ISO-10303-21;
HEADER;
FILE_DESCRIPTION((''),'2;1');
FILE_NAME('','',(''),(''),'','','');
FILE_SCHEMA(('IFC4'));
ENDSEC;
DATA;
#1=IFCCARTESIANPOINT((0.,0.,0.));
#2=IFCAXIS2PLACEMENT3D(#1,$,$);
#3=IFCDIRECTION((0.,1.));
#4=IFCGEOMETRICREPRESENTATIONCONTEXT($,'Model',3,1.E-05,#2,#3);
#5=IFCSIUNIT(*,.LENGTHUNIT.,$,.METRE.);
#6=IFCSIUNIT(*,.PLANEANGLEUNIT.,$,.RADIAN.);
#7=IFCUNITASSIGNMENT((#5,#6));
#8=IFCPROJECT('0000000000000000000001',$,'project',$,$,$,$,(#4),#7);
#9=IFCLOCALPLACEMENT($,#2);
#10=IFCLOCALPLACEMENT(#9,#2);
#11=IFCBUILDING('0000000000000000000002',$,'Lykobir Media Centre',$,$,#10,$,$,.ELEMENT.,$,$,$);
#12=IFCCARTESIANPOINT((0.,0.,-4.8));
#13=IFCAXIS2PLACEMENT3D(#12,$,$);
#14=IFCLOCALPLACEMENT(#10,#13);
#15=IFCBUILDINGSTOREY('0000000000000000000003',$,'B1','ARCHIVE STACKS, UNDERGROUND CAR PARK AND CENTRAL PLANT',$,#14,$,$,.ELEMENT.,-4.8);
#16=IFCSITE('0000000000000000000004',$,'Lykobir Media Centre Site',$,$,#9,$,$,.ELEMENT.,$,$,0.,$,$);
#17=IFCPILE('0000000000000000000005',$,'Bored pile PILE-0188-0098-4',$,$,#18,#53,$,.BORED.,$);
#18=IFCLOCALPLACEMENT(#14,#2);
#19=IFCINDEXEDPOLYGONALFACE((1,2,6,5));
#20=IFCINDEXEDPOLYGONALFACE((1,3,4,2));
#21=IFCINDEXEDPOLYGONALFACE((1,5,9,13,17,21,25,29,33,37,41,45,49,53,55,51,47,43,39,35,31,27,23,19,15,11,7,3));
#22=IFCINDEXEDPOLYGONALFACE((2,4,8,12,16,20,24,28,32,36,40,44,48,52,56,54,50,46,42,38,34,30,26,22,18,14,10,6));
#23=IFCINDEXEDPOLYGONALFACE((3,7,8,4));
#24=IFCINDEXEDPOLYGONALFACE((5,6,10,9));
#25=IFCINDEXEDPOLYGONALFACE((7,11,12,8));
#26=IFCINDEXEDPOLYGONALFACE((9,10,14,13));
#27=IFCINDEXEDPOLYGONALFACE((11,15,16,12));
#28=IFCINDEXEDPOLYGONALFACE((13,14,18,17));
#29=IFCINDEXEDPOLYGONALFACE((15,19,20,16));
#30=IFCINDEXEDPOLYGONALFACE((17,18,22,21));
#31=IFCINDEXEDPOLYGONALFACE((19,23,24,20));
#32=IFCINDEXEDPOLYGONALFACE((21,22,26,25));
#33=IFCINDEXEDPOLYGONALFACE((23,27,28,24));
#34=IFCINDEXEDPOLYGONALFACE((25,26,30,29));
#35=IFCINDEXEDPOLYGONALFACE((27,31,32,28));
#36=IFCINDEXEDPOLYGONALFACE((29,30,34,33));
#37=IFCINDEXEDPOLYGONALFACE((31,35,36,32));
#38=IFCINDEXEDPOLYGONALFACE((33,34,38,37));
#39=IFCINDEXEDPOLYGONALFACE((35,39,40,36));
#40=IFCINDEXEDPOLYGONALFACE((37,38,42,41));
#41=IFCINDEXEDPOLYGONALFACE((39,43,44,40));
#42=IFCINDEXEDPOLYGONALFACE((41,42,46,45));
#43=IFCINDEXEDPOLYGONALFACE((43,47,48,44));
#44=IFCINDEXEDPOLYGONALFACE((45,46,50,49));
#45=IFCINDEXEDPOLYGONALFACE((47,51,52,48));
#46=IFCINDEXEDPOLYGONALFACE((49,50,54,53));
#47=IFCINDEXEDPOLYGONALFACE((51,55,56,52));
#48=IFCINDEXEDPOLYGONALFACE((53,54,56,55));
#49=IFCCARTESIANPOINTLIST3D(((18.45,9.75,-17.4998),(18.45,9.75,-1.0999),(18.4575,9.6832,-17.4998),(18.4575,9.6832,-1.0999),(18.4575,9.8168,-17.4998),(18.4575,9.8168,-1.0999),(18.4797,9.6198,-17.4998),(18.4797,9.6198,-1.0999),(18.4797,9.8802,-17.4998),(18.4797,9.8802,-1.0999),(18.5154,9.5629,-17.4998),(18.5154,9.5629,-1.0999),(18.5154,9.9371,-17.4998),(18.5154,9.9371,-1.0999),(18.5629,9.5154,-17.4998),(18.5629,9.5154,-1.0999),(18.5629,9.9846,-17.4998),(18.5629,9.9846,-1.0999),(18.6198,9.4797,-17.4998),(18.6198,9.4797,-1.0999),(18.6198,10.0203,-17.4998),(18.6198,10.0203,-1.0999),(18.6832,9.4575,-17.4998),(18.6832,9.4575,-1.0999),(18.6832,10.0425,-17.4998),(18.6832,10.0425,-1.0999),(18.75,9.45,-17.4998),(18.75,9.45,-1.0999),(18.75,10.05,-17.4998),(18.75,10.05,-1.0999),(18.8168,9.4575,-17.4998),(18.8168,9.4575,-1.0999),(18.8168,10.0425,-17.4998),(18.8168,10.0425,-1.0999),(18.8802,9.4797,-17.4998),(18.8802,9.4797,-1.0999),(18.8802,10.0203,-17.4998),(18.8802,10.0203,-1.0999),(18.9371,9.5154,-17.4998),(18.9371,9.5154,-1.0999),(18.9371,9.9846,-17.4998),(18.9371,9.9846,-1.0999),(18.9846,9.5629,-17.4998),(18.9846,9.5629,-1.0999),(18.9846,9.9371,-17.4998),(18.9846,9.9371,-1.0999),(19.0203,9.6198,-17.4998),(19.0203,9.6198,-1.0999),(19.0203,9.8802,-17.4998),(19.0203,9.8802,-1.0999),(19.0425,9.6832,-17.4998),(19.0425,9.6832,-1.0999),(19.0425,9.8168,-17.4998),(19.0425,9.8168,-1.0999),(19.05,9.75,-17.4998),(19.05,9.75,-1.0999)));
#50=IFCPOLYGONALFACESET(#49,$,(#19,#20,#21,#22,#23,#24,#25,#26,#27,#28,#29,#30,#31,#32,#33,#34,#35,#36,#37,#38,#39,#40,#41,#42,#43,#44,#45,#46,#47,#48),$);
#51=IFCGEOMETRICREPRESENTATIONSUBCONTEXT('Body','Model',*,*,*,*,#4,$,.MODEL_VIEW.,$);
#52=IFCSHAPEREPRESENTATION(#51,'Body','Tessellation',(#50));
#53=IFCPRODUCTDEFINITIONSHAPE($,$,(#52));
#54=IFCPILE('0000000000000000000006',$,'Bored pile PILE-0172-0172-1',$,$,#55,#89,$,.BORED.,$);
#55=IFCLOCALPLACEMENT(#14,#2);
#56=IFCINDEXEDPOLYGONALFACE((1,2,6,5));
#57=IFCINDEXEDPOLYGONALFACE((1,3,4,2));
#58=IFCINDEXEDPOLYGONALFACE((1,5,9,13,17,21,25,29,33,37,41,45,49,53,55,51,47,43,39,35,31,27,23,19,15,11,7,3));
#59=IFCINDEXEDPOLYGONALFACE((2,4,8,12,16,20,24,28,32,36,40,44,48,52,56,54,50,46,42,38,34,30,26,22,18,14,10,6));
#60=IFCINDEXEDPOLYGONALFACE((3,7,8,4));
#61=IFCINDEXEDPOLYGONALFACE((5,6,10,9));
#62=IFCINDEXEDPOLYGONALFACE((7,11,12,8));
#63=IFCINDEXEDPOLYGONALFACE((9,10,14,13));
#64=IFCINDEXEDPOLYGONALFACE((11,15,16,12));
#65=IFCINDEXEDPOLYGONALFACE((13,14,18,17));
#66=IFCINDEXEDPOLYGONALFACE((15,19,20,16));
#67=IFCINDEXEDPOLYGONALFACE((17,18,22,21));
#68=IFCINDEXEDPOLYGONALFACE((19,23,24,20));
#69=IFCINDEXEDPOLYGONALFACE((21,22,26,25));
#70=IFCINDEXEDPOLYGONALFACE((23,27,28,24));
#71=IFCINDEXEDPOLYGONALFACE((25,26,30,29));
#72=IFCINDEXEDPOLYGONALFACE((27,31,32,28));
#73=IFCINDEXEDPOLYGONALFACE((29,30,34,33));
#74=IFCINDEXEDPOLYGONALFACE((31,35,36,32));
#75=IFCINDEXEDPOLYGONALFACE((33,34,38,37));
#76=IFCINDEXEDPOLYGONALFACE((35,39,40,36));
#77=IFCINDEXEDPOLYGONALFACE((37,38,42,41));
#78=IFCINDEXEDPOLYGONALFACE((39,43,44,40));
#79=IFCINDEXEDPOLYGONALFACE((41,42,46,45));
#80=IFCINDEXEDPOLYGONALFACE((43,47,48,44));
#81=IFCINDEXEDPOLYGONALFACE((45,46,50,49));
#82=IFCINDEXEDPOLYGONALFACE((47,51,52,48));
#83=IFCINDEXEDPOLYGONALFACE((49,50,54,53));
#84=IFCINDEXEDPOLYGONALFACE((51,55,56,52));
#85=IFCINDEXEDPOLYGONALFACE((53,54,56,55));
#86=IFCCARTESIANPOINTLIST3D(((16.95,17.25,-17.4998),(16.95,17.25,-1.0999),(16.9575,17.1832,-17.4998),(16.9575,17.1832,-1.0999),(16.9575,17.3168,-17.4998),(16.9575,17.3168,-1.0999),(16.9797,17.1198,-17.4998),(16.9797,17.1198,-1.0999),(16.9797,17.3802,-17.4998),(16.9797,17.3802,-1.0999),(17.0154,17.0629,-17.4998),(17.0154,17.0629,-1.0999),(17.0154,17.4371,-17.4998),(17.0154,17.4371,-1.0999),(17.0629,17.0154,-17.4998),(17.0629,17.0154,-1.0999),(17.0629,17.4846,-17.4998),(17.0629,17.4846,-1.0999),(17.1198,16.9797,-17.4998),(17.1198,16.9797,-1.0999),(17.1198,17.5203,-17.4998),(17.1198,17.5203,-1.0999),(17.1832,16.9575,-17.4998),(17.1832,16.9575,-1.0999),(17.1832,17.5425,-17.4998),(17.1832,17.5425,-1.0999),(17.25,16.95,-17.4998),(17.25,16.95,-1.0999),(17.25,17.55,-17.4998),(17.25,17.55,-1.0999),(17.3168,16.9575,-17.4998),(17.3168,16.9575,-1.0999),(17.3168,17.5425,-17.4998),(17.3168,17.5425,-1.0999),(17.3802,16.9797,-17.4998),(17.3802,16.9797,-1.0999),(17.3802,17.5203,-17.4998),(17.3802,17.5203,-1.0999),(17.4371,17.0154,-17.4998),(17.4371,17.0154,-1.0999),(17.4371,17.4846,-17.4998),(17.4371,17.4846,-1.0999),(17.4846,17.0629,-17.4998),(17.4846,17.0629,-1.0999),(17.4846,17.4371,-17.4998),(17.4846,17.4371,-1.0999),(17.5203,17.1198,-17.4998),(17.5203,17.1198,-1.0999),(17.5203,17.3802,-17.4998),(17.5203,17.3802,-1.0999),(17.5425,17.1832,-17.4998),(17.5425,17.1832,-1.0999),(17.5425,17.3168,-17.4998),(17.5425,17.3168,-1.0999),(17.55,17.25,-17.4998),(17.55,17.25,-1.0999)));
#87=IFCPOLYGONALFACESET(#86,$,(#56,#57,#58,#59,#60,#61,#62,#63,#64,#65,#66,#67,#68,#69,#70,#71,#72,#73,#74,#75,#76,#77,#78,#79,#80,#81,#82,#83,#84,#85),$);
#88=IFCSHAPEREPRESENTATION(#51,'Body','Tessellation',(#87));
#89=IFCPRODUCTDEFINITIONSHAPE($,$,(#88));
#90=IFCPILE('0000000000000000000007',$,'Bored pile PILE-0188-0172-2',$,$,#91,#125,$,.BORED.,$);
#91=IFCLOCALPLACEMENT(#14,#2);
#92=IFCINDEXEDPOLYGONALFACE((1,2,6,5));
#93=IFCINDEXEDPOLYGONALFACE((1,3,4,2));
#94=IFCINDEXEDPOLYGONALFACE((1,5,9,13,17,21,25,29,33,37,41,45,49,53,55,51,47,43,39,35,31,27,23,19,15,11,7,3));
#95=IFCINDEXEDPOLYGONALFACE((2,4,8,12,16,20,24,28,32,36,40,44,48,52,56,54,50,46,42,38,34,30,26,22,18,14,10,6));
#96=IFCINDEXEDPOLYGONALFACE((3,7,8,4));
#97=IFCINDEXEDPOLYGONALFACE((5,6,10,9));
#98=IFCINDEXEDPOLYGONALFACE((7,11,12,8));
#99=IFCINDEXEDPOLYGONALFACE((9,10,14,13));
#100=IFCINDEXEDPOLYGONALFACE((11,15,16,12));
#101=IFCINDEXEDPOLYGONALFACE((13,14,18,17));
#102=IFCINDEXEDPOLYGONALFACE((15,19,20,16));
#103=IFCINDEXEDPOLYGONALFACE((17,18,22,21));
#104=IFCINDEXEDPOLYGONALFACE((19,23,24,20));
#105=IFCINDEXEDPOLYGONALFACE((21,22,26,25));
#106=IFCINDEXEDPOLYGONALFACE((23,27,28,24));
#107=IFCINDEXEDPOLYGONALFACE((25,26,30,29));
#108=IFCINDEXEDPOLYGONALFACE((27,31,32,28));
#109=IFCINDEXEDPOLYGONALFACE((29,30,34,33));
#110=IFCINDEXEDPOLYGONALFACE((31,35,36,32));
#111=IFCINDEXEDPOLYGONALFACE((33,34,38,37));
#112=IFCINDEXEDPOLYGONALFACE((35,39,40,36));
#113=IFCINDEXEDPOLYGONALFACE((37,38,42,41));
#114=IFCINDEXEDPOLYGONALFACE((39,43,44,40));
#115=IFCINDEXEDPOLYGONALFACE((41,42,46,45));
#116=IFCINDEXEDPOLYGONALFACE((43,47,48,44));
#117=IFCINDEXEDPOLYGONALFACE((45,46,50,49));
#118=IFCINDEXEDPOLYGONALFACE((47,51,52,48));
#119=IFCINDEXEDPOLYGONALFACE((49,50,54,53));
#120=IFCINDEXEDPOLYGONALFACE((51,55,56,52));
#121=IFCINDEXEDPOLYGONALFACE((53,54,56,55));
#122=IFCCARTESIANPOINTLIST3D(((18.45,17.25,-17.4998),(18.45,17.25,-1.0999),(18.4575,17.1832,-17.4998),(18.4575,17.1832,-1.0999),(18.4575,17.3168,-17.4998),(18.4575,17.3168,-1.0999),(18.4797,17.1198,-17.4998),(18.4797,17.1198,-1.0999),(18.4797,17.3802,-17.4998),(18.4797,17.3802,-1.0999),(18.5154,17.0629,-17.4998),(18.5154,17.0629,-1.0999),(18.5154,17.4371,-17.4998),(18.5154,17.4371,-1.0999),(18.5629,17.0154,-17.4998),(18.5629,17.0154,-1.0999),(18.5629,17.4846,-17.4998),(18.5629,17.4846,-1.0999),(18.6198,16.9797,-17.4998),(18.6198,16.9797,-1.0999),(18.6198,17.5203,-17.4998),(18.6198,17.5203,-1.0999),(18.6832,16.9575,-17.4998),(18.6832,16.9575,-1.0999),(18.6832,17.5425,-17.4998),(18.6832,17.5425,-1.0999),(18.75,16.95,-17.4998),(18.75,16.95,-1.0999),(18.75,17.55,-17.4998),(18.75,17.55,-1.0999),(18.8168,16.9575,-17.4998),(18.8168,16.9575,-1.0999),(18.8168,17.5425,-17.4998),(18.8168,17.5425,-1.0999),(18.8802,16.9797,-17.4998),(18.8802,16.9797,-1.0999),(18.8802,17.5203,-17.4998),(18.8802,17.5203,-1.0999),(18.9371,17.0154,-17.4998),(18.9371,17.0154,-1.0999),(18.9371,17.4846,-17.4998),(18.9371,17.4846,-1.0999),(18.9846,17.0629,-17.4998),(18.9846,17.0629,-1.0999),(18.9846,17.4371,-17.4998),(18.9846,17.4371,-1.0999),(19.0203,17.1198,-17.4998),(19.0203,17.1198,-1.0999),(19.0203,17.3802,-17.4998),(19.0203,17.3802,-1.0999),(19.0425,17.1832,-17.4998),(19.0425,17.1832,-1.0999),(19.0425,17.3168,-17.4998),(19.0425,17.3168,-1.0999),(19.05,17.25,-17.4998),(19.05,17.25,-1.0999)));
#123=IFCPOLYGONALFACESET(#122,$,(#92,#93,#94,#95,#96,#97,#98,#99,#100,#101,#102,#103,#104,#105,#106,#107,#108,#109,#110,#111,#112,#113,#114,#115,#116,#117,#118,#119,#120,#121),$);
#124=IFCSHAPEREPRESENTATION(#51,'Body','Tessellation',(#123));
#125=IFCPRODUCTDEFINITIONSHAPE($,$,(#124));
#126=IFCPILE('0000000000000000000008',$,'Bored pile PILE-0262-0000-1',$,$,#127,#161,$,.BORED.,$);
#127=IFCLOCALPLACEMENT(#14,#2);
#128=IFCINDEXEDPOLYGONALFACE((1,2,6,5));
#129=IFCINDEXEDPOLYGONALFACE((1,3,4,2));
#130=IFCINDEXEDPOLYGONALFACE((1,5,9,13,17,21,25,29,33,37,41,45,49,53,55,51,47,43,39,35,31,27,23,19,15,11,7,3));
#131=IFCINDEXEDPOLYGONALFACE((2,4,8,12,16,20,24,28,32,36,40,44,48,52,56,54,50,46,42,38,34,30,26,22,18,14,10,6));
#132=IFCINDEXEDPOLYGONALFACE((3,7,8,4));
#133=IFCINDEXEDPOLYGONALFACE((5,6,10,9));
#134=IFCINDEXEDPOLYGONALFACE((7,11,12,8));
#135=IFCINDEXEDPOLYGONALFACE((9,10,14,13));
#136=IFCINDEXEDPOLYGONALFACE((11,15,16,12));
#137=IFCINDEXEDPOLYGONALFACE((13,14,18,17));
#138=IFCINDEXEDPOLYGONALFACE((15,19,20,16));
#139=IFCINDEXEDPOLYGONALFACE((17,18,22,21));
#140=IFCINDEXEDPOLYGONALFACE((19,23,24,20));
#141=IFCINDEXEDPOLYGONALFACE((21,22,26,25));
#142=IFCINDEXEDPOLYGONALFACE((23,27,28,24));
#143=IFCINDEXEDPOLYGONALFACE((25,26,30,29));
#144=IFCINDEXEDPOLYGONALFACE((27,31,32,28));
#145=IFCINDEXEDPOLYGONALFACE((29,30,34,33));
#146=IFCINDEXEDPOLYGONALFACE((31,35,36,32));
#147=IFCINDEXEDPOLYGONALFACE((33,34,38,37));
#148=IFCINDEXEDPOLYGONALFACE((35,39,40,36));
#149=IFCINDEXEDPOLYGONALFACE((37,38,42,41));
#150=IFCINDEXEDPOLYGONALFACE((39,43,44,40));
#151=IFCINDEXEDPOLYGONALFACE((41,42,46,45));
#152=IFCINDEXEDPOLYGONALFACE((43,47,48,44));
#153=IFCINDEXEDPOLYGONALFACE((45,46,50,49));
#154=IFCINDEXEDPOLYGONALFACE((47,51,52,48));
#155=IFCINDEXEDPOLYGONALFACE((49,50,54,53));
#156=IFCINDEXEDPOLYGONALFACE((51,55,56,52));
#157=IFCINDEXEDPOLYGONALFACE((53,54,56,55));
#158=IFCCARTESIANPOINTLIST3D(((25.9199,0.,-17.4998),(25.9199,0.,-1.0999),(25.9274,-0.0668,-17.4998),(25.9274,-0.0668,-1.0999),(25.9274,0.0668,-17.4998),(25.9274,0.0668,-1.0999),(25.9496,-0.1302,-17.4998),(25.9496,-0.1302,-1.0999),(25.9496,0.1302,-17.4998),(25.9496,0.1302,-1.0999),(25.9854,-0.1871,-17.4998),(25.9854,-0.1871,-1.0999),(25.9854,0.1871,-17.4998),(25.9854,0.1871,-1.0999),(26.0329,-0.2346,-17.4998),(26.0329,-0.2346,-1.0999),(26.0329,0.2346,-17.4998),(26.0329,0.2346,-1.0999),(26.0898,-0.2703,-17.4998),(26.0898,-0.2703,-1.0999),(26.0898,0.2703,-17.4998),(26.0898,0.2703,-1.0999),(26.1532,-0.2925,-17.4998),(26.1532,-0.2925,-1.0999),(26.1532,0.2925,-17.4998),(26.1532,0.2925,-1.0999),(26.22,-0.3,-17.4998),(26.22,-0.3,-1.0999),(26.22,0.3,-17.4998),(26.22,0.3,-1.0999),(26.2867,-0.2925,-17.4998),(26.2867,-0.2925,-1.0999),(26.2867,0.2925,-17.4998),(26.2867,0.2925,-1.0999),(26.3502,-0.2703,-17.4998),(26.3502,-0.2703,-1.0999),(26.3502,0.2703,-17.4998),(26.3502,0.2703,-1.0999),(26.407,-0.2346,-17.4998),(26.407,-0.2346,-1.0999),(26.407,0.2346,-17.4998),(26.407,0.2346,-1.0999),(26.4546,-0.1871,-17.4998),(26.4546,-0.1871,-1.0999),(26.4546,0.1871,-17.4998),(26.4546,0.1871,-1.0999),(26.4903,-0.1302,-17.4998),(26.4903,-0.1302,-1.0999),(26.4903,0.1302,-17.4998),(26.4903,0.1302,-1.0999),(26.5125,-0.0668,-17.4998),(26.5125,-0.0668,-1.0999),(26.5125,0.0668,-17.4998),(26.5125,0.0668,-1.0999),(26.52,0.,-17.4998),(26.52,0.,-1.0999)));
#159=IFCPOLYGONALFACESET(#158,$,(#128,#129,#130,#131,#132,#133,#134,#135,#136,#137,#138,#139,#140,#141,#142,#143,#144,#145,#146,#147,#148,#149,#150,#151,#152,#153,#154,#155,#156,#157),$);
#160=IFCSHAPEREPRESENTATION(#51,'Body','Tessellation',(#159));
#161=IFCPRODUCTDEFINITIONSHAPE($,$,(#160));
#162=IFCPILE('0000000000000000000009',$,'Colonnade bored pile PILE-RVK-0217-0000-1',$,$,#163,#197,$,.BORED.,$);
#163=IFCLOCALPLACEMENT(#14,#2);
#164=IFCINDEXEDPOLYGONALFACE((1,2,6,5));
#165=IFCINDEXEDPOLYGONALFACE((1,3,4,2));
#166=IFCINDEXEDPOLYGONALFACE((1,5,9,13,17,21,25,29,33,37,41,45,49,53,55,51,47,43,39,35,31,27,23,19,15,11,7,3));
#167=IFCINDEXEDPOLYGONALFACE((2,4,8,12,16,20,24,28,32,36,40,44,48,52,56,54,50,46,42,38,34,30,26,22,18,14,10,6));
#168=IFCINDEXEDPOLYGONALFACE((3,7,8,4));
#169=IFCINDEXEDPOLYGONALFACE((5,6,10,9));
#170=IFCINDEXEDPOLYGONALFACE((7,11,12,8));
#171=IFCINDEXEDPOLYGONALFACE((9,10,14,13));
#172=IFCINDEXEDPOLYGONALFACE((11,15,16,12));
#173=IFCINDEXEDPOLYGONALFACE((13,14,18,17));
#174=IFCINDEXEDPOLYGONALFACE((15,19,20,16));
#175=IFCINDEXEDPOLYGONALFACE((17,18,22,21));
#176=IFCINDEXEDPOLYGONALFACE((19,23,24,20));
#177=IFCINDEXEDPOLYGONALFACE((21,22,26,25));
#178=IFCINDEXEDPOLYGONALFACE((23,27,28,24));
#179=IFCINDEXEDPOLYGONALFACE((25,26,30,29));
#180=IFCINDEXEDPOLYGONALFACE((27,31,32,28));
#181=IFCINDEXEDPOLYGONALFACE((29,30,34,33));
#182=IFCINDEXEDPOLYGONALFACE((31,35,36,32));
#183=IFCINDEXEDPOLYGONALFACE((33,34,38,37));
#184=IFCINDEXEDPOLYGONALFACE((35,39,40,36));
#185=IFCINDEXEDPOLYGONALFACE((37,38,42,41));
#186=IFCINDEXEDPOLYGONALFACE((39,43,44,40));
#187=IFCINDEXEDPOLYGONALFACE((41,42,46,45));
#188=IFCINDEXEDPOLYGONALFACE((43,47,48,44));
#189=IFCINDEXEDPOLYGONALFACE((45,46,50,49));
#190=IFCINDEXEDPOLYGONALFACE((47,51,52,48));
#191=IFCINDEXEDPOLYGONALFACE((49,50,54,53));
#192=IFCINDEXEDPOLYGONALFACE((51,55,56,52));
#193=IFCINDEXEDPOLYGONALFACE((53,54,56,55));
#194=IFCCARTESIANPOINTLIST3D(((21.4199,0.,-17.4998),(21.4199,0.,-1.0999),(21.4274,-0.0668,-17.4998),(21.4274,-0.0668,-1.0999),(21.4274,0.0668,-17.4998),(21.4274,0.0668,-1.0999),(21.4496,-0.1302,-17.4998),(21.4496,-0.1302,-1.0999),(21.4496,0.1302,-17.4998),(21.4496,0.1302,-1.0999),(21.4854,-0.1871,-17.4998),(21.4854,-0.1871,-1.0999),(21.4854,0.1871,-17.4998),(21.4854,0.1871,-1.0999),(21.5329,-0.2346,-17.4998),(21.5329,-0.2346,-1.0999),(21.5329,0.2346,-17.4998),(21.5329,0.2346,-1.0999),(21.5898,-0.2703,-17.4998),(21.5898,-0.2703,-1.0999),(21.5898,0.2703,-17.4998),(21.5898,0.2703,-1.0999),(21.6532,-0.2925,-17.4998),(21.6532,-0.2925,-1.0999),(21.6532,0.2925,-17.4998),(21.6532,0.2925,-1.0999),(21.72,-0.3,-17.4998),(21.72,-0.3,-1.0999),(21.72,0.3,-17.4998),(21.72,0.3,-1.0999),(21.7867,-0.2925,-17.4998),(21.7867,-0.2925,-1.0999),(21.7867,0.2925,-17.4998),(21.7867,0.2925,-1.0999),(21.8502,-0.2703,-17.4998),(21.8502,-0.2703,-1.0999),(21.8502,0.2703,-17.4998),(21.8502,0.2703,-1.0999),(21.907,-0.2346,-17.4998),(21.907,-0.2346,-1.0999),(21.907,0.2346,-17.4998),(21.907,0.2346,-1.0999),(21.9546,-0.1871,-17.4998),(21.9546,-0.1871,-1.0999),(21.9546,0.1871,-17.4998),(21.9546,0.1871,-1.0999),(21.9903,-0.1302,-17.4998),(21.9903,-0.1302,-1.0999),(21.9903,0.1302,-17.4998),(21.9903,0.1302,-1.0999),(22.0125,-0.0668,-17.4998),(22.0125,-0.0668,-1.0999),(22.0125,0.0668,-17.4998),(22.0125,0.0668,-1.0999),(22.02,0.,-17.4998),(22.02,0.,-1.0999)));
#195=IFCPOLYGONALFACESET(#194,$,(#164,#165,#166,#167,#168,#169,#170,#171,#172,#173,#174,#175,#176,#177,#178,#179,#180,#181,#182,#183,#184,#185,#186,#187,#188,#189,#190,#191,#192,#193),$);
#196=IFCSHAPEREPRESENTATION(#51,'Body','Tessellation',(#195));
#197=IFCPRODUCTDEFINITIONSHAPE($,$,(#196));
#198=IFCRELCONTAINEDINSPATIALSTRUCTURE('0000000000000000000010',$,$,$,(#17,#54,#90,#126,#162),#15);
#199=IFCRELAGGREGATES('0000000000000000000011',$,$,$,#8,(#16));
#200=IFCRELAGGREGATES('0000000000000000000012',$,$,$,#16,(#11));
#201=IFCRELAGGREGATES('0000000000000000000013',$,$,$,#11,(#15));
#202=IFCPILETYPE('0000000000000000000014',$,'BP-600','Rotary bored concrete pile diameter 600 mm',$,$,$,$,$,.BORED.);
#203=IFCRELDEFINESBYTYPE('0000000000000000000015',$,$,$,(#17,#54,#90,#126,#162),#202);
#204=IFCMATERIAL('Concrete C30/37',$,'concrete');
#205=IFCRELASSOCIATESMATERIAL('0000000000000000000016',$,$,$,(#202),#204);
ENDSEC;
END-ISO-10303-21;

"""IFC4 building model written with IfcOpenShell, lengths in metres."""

from ifc_helpers import new_model, si_unit, direction, frame, origin, origin_2d, place, context, subcontext, project, spatial, circle, extrude, material, material_profile, profile_set, type_object, element, save


model = new_model("IFC4")

# Units and contexts
model_context = context("Model", 3, precision=1e-05, world=origin(), true_north=direction((0.0, 1.0)))
body_context = subcontext(model_context, "Body", "Model", "MODEL_VIEW")
ifc_project = project(units=[si_unit("LENGTHUNIT", "METRE"), si_unit("PLANEANGLEUNIT", "RADIAN")], contexts=[model_context])

# Site, building, storey
site_placement = place(None, origin())
site = spatial("IfcSite", under=ifc_project, at=site_placement, Name="Lykobir Media Centre Site", CompositionType="ELEMENT", RefElevation=0.0)
building_placement = place(site_placement, origin())
building = spatial("IfcBuilding", under=site, at=building_placement, Name="Lykobir Media Centre", CompositionType="ELEMENT")
storey_placement = place(building_placement, frame((0.0, 0.0, -4.8)))
storey = spatial("IfcBuildingStorey", under=building, at=storey_placement, Name="B1", Description="ARCHIVE STACKS, UNDERGROUND CAR PARK AND CENTRAL PLANT", CompositionType="ELEMENT", Elevation=-4.8)

# Piles
ifc_material_1 = material(Name="Concrete C30/37", Category="concrete")
ifc_material_profile_1 = material_profile(ifc_material_1, circle(Radius=0.3, at=origin_2d()), Name="BORED PILE D600")
ifc_profile_set_1 = profile_set([ifc_material_profile_1], Name="Concrete C30/37")
pile_type_1 = type_object("IfcPileType", Name="BP-600", Description="Rotary bored concrete pile diameter 600 mm", PredefinedType="BORED", material=ifc_profile_set_1)
for number, where, z_axis, x_axis, name in (
    (1, (18.75, 9.75, -1.0999), (0.0, 0.0, -1.0), (1.0, 0.0, 0.0), "Bored pile PILE-0188-0098-4"),
    (2, (17.25, 17.25, -1.0999), (0.0, 0.0, -1.0), (1.0, 0.0, 0.0), "Bored pile PILE-0172-0172-1"),
    (3, (18.75, 17.25, -1.0999), (0.0, 0.0, -1.0), (1.0, 0.0, 0.0), "Bored pile PILE-0188-0172-2"),
    (4, (26.22, 0.0, -1.0999), (0.0, 0.0, -1.0), (1.0, 0.0, 0.0), "Bored pile PILE-0262-0000-1"),
    (5, (21.72, 0.0, -1.0999), (0.0, 0.0, -1.0), (1.0, 0.0, 0.0), "Colonnade bored pile PILE-RVK-0217-0000-1"),
):
    element("IfcPile", number, at=place(storey_placement, frame(where, z_axis=z_axis, x_axis=x_axis)), inside=storey, type_object=pile_type_1, Name=name, PredefinedType="BORED", context=body_context, shape_type="SweptSolid", body=[
        extrude(circle(Radius=0.3, at=origin_2d()), origin(), (0.0, 0.0, 1.0), 16.3999),
    ])

save(model, "model.ifc")
